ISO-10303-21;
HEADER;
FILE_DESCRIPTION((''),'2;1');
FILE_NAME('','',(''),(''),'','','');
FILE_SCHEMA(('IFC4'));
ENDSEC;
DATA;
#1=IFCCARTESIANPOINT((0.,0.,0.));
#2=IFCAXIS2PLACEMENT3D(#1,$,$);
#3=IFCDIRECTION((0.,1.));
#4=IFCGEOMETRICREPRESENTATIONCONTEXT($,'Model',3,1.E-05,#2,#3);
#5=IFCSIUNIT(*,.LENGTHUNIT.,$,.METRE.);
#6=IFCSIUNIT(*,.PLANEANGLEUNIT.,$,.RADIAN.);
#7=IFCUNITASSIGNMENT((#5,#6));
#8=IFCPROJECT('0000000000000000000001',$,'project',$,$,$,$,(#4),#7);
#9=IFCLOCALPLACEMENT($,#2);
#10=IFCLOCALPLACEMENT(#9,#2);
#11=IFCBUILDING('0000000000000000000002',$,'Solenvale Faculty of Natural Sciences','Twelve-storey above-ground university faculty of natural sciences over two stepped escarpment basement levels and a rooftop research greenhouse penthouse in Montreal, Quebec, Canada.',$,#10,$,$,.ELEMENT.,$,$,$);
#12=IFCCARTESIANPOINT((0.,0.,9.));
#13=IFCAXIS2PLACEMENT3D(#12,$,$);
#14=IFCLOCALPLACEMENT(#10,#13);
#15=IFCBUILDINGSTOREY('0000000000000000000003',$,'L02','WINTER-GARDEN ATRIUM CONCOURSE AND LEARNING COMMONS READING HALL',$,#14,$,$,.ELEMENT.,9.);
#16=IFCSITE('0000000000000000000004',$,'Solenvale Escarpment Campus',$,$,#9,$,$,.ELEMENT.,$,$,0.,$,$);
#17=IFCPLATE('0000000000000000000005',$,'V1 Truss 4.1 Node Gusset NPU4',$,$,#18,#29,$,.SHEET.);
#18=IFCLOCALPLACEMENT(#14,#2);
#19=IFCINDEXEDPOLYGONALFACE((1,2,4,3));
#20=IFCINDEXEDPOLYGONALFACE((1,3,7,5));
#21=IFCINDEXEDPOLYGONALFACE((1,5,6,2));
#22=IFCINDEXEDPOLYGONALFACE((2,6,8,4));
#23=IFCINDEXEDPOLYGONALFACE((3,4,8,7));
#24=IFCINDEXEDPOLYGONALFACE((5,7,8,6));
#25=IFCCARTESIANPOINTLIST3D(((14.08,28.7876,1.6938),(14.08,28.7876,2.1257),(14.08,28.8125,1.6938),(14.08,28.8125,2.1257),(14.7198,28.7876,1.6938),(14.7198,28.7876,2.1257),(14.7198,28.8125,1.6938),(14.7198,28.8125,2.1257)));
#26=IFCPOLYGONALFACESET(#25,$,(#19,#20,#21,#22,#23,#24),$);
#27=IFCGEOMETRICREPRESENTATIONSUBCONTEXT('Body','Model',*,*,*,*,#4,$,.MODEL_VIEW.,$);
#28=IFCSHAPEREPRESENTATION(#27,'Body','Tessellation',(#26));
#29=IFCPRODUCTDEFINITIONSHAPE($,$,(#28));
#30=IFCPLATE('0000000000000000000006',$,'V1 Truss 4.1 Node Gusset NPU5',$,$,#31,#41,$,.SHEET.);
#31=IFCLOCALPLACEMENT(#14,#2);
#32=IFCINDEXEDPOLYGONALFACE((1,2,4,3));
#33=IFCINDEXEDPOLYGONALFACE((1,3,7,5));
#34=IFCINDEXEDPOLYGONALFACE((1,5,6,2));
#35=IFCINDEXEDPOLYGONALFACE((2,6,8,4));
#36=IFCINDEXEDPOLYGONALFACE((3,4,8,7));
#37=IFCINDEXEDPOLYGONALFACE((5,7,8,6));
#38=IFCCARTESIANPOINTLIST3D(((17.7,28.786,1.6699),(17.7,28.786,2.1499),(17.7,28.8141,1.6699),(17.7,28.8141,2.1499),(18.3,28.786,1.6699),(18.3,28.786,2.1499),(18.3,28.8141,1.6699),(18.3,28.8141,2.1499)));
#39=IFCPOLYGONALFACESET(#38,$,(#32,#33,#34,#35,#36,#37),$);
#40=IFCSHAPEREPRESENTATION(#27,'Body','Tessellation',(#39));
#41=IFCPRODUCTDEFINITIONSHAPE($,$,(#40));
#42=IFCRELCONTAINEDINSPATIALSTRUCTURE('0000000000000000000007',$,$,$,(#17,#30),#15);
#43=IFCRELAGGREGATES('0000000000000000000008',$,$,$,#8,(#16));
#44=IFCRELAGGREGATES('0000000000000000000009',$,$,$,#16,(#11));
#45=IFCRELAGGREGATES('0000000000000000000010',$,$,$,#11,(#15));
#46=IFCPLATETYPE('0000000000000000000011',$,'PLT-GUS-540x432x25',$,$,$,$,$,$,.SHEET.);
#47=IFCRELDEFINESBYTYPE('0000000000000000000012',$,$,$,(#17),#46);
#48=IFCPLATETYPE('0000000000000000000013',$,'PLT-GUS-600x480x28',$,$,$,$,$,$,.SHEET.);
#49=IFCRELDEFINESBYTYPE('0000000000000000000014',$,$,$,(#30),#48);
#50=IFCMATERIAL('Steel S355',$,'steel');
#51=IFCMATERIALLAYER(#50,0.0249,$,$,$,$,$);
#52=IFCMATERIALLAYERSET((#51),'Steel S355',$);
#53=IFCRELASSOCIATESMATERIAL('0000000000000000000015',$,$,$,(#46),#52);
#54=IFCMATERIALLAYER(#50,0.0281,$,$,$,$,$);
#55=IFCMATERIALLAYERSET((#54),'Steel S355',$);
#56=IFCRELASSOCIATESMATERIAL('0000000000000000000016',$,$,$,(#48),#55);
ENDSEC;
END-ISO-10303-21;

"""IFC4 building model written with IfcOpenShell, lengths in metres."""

from ifc_helpers import new_model, si_unit, direction, frame, origin, origin_2d, place, context, subcontext, project, spatial, rectangle, extrude, material, layer, layer_set, type_object, element, save


model = new_model("IFC4")

# Units and contexts
model_context = context("Model", 3, precision=1e-05, world=origin(), true_north=direction((0.0, 1.0)))
body_context = subcontext(model_context, "Body", "Model", "MODEL_VIEW")
ifc_project = project(units=[si_unit("LENGTHUNIT", "METRE"), si_unit("PLANEANGLEUNIT", "RADIAN")], contexts=[model_context])

# Site, building, storey
site_placement = place(None, origin())
site = spatial("IfcSite", under=ifc_project, at=site_placement, Name="Solenvale Escarpment Campus", CompositionType="ELEMENT", RefElevation=0.0)
building_placement = place(site_placement, origin())
building = spatial("IfcBuilding", under=site, at=building_placement, Name="Solenvale Faculty of Natural Sciences", Description="Twelve-storey above-ground university faculty of natural sciences over two stepped escarpment basement levels and a rooftop research greenhouse penthouse in Montreal, Quebec, Canada.", CompositionType="ELEMENT")
storey_placement = place(building_placement, frame((0.0, 0.0, 9.0)))
storey = spatial("IfcBuildingStorey", under=building, at=storey_placement, Name="L02", Description="WINTER-GARDEN ATRIUM CONCOURSE AND LEARNING COMMONS READING HALL", CompositionType="ELEMENT", Elevation=9.0)

# Shared definitions
ifc_material_1 = material(Name="Steel S355", Category="steel")

# Plates
ifc_layer_1 = layer(ifc_material_1, 0.0249)
ifc_layer_set_1 = layer_set([ifc_layer_1], Name="Steel S355")
plate_type_1 = type_object("IfcPlateType", Name="PLT-GUS-540x432x25", PredefinedType="SHEET", material=ifc_layer_set_1)
for number, where, z_axis, x_axis, name in (
    (1, (14.3999, 28.8, 1.6938), (0.0, 0.0, 1.0), (1.0, 0.0, 0.0), "V1 Truss 4.1 Node Gusset NPU4"),
):
    element("IfcPlate", number, at=place(storey_placement, frame(where, z_axis=z_axis, x_axis=x_axis)), inside=storey, type_object=plate_type_1, Name=name, PredefinedType="SHEET", context=body_context, shape_type="SweptSolid", body=[
        extrude(rectangle(XDim=0.6399, YDim=0.0249, at=origin_2d()), origin(), (0.0, 0.0, 1.0), 0.4319),
    ])
ifc_layer_2 = layer(ifc_material_1, 0.0281)
ifc_layer_set_2 = layer_set([ifc_layer_2], Name="Steel S355")
plate_type_2 = type_object("IfcPlateType", Name="PLT-GUS-600x480x28", PredefinedType="SHEET", material=ifc_layer_set_2)
plate_1_placement = place(storey_placement, frame((18.0, 28.8, 1.6699), z_axis=(0.0, 0.0, 1.0), x_axis=(1.0, 0.0, 0.0)))
element("IfcPlate", 2, at=plate_1_placement, inside=storey, type_object=plate_type_2, Name="V1 Truss 4.1 Node Gusset NPU5", PredefinedType="SHEET", context=body_context, shape_type="SweptSolid", body=[
    extrude(rectangle(XDim=0.6001, YDim=0.0281, at=origin_2d()), origin(), (0.0, 0.0, 1.0), 0.48),
])

save(model, "model.ifc")
